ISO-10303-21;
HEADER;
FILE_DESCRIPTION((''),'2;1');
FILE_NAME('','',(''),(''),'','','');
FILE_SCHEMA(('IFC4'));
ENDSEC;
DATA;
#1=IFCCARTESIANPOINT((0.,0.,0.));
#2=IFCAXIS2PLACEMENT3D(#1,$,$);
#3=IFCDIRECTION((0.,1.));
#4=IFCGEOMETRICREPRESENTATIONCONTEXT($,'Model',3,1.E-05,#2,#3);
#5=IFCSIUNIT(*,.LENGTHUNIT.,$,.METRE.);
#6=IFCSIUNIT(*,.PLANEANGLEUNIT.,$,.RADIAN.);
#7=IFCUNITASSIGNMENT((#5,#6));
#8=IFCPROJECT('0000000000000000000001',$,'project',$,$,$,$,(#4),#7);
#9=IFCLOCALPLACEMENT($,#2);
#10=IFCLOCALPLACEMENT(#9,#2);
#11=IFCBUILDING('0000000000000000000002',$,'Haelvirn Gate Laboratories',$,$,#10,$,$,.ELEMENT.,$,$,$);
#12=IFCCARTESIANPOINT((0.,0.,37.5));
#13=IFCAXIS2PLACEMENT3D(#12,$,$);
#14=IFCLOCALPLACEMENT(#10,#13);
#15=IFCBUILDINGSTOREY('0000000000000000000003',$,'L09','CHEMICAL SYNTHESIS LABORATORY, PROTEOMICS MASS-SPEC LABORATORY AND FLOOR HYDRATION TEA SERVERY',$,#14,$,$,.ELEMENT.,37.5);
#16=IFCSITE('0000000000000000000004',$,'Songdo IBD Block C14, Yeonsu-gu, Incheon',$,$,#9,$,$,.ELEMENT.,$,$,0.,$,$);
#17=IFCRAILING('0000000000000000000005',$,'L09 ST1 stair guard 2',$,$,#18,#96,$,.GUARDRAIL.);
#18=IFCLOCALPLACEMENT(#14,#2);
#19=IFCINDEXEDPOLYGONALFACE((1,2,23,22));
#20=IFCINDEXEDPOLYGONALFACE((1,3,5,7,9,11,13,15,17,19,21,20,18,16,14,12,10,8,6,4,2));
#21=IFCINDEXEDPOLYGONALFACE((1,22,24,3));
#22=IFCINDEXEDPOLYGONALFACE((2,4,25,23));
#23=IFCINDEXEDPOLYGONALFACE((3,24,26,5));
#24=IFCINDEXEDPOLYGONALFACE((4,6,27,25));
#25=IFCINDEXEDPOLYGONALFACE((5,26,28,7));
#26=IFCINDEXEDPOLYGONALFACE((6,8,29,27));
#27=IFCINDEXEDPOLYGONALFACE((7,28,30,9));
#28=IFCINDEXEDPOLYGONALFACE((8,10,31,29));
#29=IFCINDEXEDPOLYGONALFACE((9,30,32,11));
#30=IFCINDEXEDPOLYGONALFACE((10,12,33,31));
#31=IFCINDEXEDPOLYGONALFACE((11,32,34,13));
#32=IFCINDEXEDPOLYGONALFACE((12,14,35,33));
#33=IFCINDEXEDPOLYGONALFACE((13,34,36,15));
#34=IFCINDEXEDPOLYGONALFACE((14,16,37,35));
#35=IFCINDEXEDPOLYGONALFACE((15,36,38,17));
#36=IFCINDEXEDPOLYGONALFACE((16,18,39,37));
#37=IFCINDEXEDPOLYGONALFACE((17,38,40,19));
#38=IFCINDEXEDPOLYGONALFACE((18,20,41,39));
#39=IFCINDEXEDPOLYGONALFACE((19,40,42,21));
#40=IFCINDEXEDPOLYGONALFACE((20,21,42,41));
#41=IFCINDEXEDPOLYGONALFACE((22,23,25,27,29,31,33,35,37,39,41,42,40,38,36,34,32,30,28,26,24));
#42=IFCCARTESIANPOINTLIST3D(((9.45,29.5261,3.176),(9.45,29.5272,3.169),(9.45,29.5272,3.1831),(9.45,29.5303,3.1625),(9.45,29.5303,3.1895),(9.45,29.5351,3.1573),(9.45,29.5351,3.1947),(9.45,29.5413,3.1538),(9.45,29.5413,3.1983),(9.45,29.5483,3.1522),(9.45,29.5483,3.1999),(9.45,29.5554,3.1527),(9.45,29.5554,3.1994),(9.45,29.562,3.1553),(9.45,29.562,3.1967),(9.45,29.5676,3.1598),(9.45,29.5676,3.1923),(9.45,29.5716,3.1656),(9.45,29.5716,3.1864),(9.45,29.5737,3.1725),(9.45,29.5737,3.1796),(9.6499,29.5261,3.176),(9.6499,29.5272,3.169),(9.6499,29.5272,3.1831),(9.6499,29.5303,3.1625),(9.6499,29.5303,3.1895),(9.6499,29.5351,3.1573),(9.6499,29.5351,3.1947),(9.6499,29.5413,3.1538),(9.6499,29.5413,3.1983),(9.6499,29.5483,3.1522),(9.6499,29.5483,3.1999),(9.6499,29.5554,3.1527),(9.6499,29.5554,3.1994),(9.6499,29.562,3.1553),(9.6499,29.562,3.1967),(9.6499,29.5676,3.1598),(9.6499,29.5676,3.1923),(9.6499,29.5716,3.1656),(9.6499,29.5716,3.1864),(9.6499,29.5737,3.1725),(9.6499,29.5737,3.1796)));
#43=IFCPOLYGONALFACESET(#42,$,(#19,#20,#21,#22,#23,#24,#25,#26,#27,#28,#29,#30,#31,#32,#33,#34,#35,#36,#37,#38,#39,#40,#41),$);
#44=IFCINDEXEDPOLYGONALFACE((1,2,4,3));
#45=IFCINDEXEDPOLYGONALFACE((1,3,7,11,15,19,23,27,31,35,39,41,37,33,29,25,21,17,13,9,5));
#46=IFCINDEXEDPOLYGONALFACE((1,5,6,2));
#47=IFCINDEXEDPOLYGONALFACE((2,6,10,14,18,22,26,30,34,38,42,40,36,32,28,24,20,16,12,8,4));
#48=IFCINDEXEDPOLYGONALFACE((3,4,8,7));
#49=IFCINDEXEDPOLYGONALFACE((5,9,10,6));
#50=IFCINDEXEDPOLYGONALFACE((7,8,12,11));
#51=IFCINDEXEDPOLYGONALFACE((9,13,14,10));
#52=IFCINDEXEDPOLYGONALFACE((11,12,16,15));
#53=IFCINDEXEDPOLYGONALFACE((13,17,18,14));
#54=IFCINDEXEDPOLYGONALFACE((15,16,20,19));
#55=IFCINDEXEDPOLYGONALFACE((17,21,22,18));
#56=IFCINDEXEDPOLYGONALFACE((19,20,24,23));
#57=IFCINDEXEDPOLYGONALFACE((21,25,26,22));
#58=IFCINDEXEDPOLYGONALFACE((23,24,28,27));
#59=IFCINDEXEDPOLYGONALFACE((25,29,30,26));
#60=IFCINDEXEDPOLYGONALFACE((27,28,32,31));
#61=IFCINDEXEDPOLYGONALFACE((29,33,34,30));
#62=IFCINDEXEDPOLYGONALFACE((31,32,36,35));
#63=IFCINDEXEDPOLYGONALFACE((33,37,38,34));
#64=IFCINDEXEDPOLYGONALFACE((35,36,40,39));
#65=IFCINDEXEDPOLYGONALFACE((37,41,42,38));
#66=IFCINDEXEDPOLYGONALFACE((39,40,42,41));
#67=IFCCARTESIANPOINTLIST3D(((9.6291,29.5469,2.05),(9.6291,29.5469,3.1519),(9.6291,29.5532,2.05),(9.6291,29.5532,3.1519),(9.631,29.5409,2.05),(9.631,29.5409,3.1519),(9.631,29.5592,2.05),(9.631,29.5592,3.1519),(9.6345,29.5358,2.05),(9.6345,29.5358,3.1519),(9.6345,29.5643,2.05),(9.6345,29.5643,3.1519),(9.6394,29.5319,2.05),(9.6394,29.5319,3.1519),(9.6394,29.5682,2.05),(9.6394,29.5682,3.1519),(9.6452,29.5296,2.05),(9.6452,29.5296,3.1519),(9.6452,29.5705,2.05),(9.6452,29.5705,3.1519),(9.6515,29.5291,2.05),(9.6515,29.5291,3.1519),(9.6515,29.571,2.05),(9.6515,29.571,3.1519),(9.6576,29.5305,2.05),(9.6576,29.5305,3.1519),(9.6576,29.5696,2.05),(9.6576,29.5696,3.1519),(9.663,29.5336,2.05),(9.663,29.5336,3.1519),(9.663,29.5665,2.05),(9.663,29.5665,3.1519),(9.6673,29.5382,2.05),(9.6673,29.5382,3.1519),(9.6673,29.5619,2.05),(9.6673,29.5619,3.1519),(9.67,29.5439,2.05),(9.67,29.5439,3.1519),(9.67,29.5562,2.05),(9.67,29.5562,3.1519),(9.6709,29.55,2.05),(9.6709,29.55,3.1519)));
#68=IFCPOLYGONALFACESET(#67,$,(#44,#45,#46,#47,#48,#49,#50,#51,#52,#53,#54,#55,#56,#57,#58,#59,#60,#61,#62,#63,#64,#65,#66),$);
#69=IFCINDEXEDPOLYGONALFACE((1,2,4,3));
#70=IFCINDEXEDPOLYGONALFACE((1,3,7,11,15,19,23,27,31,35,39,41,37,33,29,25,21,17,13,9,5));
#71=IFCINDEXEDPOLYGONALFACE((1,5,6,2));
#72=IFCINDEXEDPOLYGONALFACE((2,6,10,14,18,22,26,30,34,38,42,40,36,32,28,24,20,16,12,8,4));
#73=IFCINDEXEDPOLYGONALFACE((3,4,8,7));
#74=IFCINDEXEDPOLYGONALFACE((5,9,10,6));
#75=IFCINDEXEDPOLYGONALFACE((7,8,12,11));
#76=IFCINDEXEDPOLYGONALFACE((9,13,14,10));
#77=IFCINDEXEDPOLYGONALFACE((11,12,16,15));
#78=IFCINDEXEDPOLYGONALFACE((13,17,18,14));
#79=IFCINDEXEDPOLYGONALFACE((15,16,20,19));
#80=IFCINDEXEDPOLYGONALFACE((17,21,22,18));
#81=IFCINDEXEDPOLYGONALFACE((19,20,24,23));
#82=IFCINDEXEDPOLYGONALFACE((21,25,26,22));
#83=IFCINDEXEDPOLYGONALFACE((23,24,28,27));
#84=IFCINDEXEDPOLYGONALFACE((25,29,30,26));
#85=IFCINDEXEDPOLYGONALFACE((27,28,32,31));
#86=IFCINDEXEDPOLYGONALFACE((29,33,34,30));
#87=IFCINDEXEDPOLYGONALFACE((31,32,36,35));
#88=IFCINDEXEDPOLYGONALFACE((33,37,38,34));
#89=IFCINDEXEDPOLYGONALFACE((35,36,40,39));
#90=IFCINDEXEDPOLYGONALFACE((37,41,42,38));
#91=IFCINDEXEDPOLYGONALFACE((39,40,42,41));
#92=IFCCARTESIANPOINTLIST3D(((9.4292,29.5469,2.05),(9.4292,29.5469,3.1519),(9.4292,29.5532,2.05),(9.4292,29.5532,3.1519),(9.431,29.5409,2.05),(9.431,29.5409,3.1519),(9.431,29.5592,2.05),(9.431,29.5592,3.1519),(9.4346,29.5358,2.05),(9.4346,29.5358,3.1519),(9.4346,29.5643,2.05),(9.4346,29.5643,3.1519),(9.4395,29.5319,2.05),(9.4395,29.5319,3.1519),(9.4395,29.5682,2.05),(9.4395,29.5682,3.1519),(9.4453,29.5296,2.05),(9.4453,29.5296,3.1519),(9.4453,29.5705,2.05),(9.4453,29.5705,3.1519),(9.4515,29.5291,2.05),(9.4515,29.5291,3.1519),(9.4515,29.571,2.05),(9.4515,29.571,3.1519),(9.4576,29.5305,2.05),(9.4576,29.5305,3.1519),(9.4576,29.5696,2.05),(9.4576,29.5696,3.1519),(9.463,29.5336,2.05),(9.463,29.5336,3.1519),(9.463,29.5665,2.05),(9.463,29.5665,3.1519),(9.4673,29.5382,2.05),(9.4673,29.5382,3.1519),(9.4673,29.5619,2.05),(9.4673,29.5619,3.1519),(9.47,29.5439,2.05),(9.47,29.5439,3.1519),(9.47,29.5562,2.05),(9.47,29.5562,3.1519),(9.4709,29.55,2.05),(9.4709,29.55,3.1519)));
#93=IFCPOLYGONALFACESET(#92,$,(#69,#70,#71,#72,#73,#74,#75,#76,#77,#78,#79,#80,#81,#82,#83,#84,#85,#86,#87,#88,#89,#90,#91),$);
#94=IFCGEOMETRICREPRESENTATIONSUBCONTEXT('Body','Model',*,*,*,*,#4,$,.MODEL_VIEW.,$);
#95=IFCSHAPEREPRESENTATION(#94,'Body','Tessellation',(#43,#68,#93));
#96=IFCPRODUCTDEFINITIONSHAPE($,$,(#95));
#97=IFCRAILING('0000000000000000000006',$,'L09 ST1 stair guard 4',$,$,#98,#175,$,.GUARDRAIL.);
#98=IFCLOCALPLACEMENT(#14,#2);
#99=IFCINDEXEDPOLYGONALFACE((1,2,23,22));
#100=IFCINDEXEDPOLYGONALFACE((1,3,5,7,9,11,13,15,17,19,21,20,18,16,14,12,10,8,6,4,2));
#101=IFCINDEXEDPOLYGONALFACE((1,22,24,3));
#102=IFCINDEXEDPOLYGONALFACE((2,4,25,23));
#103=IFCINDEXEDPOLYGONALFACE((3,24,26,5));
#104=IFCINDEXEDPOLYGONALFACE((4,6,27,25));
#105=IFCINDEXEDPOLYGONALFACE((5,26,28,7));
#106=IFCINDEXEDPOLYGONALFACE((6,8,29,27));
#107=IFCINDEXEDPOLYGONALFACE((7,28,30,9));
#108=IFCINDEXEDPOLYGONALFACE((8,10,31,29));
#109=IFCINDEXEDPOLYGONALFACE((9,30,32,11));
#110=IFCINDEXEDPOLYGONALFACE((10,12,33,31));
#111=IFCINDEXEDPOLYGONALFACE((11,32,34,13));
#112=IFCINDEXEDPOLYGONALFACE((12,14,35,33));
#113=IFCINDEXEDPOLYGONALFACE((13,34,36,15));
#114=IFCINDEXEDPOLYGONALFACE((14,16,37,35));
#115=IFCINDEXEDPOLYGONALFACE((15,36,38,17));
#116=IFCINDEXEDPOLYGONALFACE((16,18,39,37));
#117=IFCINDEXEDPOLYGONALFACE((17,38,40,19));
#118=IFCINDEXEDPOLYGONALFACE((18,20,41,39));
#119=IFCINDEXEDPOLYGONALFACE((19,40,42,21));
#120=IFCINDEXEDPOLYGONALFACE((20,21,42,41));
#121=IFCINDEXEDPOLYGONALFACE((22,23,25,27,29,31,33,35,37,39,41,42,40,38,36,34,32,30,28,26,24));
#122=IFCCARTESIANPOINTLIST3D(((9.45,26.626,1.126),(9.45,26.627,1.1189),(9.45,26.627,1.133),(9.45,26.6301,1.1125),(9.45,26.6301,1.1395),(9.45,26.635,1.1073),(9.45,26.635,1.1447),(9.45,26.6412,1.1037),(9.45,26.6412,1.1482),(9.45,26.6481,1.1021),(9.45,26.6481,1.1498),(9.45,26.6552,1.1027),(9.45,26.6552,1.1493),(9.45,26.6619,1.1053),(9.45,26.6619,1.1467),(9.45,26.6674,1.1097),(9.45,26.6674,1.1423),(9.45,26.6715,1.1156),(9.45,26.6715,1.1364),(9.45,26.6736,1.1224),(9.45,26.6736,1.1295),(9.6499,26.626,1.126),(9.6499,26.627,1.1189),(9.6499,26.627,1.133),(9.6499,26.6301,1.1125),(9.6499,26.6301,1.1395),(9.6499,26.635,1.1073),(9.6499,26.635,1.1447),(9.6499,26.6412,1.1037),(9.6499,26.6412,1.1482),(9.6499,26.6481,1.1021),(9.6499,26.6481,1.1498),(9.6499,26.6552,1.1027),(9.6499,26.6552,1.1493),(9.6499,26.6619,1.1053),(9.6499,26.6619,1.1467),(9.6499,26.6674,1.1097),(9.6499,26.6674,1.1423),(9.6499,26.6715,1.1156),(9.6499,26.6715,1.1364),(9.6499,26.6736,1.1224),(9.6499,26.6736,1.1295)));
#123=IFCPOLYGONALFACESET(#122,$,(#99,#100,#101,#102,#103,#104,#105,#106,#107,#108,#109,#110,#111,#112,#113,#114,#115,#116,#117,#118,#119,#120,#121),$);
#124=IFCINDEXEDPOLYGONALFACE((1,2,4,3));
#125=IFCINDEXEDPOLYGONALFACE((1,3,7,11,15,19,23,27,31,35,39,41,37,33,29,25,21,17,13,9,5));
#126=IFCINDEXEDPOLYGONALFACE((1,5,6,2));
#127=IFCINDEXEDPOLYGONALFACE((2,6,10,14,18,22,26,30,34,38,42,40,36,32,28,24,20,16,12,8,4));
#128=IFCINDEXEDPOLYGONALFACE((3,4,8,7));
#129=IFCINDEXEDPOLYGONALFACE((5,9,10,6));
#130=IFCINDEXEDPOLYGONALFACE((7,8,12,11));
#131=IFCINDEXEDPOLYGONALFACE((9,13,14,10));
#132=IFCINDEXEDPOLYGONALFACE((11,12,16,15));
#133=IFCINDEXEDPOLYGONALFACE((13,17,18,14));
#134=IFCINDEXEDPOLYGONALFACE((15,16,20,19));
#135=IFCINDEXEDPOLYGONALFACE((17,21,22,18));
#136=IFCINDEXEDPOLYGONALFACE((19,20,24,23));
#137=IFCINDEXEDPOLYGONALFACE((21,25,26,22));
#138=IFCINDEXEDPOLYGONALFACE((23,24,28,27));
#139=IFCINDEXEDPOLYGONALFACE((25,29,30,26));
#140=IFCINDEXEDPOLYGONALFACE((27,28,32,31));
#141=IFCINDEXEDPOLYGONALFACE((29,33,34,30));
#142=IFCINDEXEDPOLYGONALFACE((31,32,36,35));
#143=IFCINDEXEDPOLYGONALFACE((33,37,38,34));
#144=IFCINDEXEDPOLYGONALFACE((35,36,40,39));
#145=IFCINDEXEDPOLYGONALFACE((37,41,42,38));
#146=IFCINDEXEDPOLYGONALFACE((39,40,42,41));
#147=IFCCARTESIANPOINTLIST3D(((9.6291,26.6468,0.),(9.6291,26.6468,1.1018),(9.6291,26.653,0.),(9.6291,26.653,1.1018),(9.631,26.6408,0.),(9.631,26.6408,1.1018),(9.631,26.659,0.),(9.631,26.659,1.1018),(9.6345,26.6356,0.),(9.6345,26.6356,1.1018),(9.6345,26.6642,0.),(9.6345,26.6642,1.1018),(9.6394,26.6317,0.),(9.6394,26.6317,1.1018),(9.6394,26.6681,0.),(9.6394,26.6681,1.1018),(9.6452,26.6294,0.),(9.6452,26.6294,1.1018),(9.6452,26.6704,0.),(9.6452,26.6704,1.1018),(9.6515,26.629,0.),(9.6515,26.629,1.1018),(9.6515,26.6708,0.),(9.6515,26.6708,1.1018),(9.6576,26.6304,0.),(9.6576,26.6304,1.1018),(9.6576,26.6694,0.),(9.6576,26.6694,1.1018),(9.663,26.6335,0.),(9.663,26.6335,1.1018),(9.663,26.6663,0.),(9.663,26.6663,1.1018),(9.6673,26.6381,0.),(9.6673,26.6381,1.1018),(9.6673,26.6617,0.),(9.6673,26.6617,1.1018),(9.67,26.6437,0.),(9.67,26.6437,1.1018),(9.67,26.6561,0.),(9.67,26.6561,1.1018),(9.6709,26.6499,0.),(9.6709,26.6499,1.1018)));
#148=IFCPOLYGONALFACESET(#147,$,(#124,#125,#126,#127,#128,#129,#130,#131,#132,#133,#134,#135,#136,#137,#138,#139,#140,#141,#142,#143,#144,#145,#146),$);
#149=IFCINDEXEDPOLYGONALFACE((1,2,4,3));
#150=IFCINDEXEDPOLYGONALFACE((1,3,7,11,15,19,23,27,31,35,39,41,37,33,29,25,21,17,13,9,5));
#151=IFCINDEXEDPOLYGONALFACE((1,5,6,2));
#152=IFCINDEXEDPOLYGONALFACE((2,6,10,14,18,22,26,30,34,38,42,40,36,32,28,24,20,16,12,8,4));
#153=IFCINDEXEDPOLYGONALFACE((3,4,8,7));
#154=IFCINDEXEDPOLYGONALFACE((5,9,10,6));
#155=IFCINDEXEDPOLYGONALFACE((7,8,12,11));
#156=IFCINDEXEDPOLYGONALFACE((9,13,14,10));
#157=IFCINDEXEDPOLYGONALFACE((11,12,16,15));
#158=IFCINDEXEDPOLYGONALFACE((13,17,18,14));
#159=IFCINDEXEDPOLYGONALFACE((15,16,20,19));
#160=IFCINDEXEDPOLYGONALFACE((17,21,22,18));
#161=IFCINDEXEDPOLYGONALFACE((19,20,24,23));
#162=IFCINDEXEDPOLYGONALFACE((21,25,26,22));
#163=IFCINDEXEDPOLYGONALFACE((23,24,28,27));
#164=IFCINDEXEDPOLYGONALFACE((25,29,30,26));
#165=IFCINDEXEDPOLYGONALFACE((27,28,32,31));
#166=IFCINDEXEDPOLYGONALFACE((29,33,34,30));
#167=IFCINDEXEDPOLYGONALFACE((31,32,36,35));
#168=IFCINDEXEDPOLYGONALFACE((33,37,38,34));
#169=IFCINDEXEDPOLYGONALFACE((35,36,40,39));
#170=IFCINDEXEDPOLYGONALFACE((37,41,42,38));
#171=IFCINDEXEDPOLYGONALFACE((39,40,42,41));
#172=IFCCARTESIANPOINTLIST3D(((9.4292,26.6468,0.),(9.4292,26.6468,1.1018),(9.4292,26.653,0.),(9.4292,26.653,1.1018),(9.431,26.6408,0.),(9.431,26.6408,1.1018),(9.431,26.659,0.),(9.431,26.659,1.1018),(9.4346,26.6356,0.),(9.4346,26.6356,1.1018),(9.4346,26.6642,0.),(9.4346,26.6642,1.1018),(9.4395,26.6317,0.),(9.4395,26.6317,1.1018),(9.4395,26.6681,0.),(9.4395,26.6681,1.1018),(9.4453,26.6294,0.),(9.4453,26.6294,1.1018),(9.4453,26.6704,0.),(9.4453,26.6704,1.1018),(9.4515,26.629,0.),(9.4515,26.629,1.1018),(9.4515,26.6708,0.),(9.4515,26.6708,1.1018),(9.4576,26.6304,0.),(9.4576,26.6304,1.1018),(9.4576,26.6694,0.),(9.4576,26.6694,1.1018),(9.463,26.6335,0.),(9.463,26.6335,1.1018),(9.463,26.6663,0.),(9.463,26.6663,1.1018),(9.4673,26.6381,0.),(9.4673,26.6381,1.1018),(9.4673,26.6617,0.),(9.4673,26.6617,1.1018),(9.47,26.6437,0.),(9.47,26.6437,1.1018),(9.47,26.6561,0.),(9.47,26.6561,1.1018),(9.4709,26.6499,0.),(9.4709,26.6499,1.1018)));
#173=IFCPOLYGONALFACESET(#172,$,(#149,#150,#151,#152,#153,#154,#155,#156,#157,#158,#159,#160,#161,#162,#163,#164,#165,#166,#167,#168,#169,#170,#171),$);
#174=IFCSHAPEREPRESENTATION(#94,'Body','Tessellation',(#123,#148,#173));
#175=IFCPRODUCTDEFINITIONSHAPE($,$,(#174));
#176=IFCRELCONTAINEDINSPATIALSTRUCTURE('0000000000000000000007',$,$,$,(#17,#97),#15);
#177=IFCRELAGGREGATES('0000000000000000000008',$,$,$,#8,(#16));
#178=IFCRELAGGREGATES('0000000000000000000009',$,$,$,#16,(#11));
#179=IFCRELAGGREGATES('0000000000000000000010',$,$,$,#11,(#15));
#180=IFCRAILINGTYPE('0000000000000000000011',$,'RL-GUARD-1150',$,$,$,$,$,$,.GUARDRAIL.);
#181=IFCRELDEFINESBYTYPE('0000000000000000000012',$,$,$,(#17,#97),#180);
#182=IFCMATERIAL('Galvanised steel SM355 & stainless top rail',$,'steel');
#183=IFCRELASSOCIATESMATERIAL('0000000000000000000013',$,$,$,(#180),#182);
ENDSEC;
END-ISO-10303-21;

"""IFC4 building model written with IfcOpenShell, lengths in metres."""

from ifc_helpers import new_model, si_unit, direction, frame, origin, origin_2d, place, context, subcontext, project, spatial, circle, extrude, source, transform, mapped, material, type_object, element, save


model = new_model("IFC4")

# Units and contexts
model_context = context("Model", 3, precision=1e-05, world=origin(), true_north=direction((0.0, 1.0)))
body_context = subcontext(model_context, "Body", "Model", "MODEL_VIEW")
ifc_project = project(units=[si_unit("LENGTHUNIT", "METRE"), si_unit("PLANEANGLEUNIT", "RADIAN")], contexts=[model_context])

# Site, building, storey
site_placement = place(None, origin())
site = spatial("IfcSite", under=ifc_project, at=site_placement, Name="Songdo IBD Block C14, Yeonsu-gu, Incheon", CompositionType="ELEMENT", RefElevation=0.0)
building_placement = place(site_placement, origin())
building = spatial("IfcBuilding", under=site, at=building_placement, Name="Haelvirn Gate Laboratories", CompositionType="ELEMENT")
storey_placement = place(building_placement, frame((0.0, 0.0, 37.5)))
storey = spatial("IfcBuildingStorey", under=building, at=storey_placement, Name="L09", Description="CHEMICAL SYNTHESIS LABORATORY, PROTEOMICS MASS-SPEC LABORATORY AND FLOOR HYDRATION TEA SERVERY", CompositionType="ELEMENT", Elevation=37.5)

# Railings
ifc_material_1 = material(Name="Galvanised steel SM355 & stainless top rail", Category="steel")
railing_type_1 = type_object("IfcRailingType", Name="RL-GUARD-1150", PredefinedType="GUARDRAIL", material=ifc_material_1)
shared_shape_1 = source(origin(), body_context, "Body", "SweptSolid", [
    extrude(circle(Radius=0.0239, at=origin_2d()), frame((0.0, 0.0, 1.126), z_axis=(-1.0, 0.0, 0.0), x_axis=(0.0, -1.0, 0.0)), (0.0, 0.0, 1.0), 0.2),
    extrude(circle(Radius=0.021, at=origin_2d()), origin(), (0.0, 0.0, 1.0), 1.1018),
    extrude(circle(Radius=0.021, at=origin_2d()), frame((-0.2, 0.0, 0.0)), (0.0, 0.0, 1.0), 1.1018),
])
for number, where, name in (
    (1, (9.6499, 29.55, 2.05), "L09 ST1 stair guard 2"),
    (2, (9.6499, 26.6499, 0.0), "L09 ST1 stair guard 4"),
):
    element("IfcRailing", number, at=place(storey_placement, frame(where)), inside=storey, type_object=railing_type_1, Name=name, PredefinedType="GUARDRAIL", context=body_context, shape_type="MappedRepresentation", body=[
        mapped(shared_shape_1, transform((0.0, 0.0, 0.0), scale=1.0)),
    ])

save(model, "model.ifc")
